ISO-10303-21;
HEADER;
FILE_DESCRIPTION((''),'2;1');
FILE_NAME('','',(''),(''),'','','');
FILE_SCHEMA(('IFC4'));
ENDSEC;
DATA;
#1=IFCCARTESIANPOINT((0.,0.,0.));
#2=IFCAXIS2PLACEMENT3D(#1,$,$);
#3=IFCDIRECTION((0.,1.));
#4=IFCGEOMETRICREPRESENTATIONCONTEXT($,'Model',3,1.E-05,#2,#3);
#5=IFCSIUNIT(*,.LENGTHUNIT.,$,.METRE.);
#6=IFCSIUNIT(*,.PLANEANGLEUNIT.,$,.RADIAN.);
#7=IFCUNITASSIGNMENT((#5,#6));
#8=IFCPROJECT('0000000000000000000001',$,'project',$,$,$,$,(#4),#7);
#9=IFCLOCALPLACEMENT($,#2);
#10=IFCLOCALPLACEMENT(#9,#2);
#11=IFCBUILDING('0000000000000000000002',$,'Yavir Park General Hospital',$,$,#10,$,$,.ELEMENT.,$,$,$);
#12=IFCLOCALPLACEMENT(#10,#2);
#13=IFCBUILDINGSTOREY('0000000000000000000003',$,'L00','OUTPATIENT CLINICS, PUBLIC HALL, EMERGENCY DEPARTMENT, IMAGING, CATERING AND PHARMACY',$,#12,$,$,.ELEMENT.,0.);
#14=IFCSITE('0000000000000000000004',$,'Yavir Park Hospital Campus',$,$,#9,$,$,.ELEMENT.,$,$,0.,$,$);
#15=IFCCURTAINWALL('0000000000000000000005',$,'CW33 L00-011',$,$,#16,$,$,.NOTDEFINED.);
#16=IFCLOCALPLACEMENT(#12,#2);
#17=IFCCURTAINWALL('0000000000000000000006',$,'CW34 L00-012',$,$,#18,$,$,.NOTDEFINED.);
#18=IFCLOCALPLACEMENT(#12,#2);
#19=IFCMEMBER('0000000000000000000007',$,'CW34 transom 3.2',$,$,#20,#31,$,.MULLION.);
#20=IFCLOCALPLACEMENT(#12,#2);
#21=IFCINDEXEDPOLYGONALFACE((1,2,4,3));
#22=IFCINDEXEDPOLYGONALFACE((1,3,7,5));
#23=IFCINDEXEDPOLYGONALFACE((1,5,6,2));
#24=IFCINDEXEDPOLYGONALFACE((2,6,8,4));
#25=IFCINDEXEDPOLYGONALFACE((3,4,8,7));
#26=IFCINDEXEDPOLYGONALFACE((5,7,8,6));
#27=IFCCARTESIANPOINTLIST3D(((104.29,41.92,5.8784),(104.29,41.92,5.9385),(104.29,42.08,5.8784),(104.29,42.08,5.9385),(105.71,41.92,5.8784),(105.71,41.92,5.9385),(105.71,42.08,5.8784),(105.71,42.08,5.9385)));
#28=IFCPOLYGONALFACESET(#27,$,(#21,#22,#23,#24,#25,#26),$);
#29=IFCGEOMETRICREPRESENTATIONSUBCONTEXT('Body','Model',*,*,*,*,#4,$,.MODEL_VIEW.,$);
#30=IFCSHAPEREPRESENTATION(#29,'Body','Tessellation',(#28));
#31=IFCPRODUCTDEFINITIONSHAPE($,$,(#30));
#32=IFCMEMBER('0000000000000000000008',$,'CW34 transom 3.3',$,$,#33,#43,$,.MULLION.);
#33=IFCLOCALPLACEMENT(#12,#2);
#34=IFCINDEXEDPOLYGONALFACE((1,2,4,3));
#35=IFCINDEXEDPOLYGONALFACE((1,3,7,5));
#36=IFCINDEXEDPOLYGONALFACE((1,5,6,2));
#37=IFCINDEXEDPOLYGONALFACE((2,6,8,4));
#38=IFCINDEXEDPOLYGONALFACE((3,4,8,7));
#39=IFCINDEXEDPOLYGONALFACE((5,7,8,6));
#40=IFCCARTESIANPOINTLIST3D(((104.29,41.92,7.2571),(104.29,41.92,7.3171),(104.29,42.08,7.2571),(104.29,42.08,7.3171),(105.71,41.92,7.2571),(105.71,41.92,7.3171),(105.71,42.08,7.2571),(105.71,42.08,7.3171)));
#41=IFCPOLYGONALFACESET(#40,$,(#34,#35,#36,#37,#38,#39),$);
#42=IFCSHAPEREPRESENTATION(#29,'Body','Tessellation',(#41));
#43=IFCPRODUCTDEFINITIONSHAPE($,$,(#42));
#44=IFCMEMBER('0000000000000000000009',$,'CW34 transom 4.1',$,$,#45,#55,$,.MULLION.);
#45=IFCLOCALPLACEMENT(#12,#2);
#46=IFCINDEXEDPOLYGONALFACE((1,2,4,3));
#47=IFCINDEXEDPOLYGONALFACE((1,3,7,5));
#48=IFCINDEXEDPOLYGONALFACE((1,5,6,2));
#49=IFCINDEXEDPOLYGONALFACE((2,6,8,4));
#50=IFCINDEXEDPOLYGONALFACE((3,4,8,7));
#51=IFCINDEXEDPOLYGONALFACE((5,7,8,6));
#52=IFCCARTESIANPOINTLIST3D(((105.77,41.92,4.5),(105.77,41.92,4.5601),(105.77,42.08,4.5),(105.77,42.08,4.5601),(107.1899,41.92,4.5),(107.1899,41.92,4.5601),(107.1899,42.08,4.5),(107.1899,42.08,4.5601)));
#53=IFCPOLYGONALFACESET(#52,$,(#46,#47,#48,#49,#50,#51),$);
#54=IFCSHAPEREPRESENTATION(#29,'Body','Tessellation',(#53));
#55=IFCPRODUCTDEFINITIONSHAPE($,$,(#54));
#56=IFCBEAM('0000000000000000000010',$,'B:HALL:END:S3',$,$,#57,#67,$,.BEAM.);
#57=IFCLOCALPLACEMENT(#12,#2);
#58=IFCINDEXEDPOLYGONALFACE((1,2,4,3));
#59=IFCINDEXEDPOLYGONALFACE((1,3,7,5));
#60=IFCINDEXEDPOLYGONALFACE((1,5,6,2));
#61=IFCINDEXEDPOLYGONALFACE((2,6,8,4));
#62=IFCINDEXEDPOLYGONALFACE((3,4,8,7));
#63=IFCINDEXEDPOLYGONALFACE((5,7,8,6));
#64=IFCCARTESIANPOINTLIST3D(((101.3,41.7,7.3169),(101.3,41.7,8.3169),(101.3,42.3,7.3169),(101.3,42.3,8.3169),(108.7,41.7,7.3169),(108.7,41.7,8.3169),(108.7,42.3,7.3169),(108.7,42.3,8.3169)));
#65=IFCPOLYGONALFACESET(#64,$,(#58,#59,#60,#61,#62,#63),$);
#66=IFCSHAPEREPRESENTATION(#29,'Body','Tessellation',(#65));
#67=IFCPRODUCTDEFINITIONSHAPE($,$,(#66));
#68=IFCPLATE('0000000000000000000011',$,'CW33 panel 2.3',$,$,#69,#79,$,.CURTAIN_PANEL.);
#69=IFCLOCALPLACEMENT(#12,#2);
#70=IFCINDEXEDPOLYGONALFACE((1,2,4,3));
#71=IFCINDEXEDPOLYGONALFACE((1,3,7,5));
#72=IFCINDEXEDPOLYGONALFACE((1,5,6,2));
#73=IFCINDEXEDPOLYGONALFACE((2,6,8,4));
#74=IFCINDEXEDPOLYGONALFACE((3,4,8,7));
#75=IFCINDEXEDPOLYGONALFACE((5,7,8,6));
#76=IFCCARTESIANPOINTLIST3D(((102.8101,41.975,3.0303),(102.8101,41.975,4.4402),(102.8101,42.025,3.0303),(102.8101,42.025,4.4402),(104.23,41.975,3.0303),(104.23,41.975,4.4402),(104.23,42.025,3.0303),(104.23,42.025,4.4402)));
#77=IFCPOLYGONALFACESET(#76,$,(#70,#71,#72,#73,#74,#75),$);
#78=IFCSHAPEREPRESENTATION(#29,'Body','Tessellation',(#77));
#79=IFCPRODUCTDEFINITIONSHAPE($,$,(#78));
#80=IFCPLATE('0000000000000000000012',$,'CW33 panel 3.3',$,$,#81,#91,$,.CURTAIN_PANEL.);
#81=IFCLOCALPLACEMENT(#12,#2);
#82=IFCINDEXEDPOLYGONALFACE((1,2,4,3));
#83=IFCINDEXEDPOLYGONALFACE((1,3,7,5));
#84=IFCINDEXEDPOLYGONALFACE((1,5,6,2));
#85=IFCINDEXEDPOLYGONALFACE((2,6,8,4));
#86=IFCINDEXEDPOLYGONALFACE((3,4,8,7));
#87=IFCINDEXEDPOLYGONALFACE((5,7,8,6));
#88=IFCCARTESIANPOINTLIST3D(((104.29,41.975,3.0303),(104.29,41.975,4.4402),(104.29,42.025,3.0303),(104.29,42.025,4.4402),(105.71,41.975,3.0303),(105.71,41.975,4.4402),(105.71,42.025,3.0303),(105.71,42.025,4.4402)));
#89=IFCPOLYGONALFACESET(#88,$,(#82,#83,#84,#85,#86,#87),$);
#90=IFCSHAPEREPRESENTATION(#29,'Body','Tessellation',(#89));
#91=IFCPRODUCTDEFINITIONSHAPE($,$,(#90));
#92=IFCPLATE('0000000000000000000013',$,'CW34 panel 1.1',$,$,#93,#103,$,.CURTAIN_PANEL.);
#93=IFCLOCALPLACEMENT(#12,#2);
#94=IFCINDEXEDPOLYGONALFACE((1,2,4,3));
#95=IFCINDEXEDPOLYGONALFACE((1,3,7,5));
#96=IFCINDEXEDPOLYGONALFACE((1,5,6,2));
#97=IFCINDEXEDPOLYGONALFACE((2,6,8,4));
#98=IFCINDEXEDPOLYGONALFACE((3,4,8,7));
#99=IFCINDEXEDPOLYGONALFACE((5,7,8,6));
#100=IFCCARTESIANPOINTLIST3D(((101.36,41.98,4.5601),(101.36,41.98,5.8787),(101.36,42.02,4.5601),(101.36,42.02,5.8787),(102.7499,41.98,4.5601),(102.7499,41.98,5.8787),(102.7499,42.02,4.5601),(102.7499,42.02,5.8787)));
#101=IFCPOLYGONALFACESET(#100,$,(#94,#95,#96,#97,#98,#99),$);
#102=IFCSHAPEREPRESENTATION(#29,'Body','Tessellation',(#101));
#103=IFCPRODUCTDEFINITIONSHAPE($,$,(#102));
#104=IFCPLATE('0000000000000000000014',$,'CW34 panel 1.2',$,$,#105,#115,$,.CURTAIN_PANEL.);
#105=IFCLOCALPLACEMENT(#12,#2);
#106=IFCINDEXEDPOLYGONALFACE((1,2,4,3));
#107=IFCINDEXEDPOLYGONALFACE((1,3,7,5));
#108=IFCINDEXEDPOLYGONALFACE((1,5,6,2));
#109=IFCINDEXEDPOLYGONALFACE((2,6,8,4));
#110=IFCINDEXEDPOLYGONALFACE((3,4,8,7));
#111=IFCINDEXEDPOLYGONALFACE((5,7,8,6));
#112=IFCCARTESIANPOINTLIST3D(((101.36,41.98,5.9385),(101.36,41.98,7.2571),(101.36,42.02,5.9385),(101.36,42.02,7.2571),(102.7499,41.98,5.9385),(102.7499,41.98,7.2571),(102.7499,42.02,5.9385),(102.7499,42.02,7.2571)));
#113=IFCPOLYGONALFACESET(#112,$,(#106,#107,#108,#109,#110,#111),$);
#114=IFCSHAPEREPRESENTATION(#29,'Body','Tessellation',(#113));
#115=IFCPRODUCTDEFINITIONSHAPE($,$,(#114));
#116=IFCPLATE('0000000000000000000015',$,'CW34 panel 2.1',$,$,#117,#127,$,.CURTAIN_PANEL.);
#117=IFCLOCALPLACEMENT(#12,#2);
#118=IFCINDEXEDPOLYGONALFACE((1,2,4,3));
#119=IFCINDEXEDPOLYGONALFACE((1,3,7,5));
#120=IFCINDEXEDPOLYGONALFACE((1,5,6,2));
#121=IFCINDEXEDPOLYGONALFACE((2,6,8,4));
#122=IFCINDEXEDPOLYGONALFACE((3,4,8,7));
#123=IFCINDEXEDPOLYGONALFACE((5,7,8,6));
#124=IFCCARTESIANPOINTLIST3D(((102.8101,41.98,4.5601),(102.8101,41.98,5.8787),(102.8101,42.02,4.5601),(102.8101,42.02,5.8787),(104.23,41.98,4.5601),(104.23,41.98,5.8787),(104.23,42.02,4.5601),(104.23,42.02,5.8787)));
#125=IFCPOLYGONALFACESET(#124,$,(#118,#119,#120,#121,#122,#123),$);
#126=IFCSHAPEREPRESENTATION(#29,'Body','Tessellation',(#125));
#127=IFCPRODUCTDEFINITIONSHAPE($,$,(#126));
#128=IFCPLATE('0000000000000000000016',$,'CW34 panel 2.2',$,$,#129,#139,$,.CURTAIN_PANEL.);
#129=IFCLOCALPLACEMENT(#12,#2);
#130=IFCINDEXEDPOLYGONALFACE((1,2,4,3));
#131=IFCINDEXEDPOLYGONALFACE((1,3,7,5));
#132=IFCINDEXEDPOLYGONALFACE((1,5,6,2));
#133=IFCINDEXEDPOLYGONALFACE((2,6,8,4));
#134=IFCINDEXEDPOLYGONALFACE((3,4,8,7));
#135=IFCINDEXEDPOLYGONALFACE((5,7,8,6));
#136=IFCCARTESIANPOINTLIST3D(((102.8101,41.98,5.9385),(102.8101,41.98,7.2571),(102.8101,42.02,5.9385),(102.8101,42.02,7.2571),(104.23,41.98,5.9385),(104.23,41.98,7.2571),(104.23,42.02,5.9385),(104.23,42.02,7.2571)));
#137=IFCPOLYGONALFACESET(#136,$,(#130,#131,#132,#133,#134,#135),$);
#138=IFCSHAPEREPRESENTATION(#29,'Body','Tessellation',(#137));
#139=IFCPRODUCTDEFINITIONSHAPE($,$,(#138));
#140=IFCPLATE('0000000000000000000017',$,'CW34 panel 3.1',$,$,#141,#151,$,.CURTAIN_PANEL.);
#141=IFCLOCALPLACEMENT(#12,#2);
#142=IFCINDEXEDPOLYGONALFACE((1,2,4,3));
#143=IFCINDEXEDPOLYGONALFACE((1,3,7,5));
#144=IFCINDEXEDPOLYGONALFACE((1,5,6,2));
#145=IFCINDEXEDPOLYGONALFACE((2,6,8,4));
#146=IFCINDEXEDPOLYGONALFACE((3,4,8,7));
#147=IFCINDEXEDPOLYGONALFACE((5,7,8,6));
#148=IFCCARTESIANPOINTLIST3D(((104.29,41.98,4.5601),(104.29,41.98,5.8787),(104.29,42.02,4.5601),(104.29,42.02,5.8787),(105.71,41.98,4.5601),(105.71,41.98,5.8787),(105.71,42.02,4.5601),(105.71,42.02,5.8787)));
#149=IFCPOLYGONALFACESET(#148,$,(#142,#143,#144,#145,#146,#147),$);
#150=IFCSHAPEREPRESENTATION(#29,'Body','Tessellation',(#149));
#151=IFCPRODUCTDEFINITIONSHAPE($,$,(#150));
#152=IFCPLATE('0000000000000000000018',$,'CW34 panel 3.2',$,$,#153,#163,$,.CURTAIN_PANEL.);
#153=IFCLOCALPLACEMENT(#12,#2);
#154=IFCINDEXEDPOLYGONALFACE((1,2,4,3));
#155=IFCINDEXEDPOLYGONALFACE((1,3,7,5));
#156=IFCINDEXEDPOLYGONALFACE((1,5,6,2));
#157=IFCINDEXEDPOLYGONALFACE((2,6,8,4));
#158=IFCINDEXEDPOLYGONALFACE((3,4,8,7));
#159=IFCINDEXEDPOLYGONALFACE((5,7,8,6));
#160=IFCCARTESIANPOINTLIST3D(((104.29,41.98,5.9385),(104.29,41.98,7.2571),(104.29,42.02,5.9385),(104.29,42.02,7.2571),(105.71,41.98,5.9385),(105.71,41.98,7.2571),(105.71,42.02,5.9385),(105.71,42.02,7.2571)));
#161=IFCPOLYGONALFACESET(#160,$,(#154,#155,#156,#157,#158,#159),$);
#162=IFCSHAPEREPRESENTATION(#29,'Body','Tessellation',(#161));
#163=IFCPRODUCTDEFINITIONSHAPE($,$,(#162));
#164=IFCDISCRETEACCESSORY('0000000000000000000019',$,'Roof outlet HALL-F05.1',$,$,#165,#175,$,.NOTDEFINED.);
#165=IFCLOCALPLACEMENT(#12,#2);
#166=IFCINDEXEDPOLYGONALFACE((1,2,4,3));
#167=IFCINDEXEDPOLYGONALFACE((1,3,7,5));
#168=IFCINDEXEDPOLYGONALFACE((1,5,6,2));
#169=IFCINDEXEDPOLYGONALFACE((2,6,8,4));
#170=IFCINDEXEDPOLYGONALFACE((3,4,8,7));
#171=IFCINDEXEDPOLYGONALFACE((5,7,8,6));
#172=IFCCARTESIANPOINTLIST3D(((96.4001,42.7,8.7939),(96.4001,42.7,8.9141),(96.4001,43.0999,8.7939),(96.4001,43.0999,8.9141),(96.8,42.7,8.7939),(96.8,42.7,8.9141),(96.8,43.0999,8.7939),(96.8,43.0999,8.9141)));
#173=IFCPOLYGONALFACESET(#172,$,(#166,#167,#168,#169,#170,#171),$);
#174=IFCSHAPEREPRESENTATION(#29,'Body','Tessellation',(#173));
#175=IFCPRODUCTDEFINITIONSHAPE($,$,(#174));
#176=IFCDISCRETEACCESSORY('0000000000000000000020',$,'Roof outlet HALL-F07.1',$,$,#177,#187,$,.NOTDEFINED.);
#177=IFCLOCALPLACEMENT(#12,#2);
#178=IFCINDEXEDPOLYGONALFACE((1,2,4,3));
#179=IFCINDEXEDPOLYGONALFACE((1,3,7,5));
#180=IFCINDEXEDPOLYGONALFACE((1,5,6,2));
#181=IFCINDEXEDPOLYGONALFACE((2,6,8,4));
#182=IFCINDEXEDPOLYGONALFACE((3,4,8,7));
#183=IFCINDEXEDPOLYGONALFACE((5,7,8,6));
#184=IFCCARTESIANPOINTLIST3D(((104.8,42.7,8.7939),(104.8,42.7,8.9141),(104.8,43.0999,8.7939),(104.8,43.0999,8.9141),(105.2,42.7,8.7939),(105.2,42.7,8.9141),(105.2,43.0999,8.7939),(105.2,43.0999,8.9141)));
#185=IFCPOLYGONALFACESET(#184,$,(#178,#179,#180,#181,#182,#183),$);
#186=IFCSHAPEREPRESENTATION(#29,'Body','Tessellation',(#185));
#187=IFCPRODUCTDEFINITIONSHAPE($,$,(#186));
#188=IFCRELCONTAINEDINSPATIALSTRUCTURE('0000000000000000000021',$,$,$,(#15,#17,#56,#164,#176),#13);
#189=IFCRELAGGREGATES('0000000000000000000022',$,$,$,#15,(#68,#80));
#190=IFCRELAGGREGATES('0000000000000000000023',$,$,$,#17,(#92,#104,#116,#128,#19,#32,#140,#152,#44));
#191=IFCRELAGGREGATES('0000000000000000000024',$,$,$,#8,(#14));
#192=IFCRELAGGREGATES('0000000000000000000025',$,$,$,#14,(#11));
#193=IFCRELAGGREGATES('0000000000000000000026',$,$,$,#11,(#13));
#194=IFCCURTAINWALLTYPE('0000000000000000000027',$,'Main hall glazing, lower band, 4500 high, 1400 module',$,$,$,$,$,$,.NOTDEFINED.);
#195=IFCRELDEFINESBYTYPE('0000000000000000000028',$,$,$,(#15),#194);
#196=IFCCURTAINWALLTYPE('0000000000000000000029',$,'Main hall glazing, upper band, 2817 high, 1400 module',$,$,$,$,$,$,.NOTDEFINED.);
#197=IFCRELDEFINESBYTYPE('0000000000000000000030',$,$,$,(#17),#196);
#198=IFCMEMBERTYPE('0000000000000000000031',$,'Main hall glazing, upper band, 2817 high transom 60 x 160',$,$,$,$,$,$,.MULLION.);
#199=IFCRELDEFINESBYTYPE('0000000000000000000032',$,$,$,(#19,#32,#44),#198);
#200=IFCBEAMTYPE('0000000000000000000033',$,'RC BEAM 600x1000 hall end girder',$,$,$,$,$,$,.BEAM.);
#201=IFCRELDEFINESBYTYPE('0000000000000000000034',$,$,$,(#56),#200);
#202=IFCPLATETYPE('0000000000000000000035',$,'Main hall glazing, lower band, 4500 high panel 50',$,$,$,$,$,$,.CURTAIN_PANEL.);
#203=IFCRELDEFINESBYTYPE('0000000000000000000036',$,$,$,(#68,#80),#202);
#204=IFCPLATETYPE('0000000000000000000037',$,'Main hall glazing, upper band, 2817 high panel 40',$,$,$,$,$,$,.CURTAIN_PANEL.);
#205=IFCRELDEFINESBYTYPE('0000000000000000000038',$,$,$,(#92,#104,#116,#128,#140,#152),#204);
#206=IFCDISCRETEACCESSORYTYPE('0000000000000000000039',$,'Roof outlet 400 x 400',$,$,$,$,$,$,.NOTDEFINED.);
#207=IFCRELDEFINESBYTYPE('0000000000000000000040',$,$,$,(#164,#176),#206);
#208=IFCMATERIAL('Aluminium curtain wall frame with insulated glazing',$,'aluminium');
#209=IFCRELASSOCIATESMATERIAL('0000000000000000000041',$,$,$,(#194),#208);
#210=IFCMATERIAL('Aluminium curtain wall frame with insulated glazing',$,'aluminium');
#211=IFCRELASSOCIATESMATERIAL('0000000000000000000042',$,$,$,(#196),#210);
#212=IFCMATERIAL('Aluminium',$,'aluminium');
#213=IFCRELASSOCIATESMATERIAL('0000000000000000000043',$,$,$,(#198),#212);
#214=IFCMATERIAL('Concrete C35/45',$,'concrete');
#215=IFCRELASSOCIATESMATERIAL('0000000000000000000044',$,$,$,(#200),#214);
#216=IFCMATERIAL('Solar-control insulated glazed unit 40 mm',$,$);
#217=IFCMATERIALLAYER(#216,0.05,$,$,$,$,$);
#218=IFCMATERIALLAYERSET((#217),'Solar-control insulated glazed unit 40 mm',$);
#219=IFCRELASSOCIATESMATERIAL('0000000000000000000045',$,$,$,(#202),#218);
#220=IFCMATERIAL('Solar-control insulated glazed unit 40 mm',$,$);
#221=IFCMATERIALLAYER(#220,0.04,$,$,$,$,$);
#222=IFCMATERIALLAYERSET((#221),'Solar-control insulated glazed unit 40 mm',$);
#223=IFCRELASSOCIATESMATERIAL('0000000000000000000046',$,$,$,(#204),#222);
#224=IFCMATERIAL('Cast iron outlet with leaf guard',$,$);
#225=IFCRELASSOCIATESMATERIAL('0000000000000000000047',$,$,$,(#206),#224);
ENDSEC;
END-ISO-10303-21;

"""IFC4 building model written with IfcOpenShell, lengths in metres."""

from ifc_helpers import new_model, si_unit, direction, frame, origin, origin_2d, place, context, subcontext, project, spatial, rectangle, extrude, material, layer, layer_set, material_profile, profile_set, type_object, element, aggregate, save


model = new_model("IFC4")

# Units and contexts
model_context = context("Model", 3, precision=1e-05, world=origin(), true_north=direction((0.0, 1.0)))
body_context = subcontext(model_context, "Body", "Model", "MODEL_VIEW")
ifc_project = project(units=[si_unit("LENGTHUNIT", "METRE"), si_unit("PLANEANGLEUNIT", "RADIAN")], contexts=[model_context])

# Site, building, storey
site_placement = place(None, origin())
site = spatial("IfcSite", under=ifc_project, at=site_placement, Name="Yavir Park Hospital Campus", CompositionType="ELEMENT", RefElevation=0.0)
building_placement = place(site_placement, origin())
building = spatial("IfcBuilding", under=site, at=building_placement, Name="Yavir Park General Hospital", CompositionType="ELEMENT")
storey_placement = place(building_placement, origin())
storey = spatial("IfcBuildingStorey", under=building, at=storey_placement, Name="L00", Description="OUTPATIENT CLINICS, PUBLIC HALL, EMERGENCY DEPARTMENT, IMAGING, CATERING AND PHARMACY", CompositionType="ELEMENT", Elevation=0.0)

# Curtain walls, members
ifc_material_1 = material(Name="Aluminium curtain wall frame with insulated glazing", Category="aluminium")
curtain_wall_type_1 = type_object("IfcCurtainWallType", Name="Main hall glazing, lower band, 4500 high, 1400 module", PredefinedType="NOTDEFINED", material=ifc_material_1)
curtain_wall_1_placement = place(storey_placement, origin())
curtain_wall_1 = element("IfcCurtainWall", 1, at=curtain_wall_1_placement, inside=storey, type_object=curtain_wall_type_1, Name="CW33 L00-011", PredefinedType="NOTDEFINED")
ifc_material_2 = material(Name="Aluminium curtain wall frame with insulated glazing", Category="aluminium")
curtain_wall_type_2 = type_object("IfcCurtainWallType", Name="Main hall glazing, upper band, 2817 high, 1400 module", PredefinedType="NOTDEFINED", material=ifc_material_2)
curtain_wall_2_placement = place(storey_placement, origin())
curtain_wall_2 = element("IfcCurtainWall", 2, at=curtain_wall_2_placement, inside=storey, type_object=curtain_wall_type_2, Name="CW34 L00-012", PredefinedType="NOTDEFINED")
ifc_material_3 = material(Name="Aluminium", Category="aluminium")
ifc_material_profile_1 = material_profile(ifc_material_3, rectangle(XDim=0.1599, YDim=0.0601, at=origin_2d()), Name="AL 160x60")
ifc_profile_set_1 = profile_set([ifc_material_profile_1], Name="Aluminium")
member_type_1 = type_object("IfcMemberType", Name="Main hall glazing, upper band, 2817 high transom 60 x 160", PredefinedType="MULLION", material=ifc_profile_set_1)
member_1_placement = place(storey_placement, frame((104.29, 42.0, 5.9084), z_axis=(1.0, 0.0, 0.0), x_axis=(0.0, 1.0, 0.0)))
member_1 = element("IfcMember", 3, at=member_1_placement, type_object=member_type_1, Name="CW34 transom 3.2", PredefinedType="MULLION", context=body_context, shape_type="SweptSolid", body=[
    extrude(rectangle(XDim=0.1599, YDim=0.0601, at=origin_2d()), origin(), (0.0, 0.0, 1.0), 1.4199),
])
member_2_placement = place(storey_placement, frame((104.29, 42.0, 7.2871), z_axis=(1.0, 0.0, 0.0), x_axis=(0.0, 1.0, 0.0)))
member_2 = element("IfcMember", 4, at=member_2_placement, type_object=member_type_1, Name="CW34 transom 3.3", PredefinedType="MULLION", context=body_context, shape_type="SweptSolid", body=[
    extrude(rectangle(XDim=0.1599, YDim=0.0601, at=origin_2d()), origin(), (0.0, 0.0, 1.0), 1.4199),
])
member_3_placement = place(storey_placement, frame((105.77, 42.0, 4.53), z_axis=(1.0, 0.0, 0.0), x_axis=(0.0, 1.0, 0.0)))
member_3 = element("IfcMember", 5, at=member_3_placement, type_object=member_type_1, Name="CW34 transom 4.1", PredefinedType="MULLION", context=body_context, shape_type="SweptSolid", body=[
    extrude(rectangle(XDim=0.1599, YDim=0.0601, at=origin_2d()), origin(), (0.0, 0.0, 1.0), 1.4199),
])

# Beam
ifc_material_4 = material(Name="Concrete C35/45", Category="concrete")
ifc_material_profile_2 = material_profile(ifc_material_4, rectangle(XDim=0.6001, YDim=1.0, at=origin_2d()), Name="RC600x1000")
ifc_profile_set_2 = profile_set([ifc_material_profile_2], Name="Concrete C35/45")
beam_type = type_object("IfcBeamType", Name="RC BEAM 600x1000 hall end girder", PredefinedType="BEAM", material=ifc_profile_set_2)
beam_placement = place(storey_placement, frame((101.3, 42.0, 7.8169), z_axis=(1.0, 0.0, 0.0), x_axis=(0.0, 1.0, 0.0)))
element("IfcBeam", 6, at=beam_placement, inside=storey, type_object=beam_type, Name="B:HALL:END:S3", PredefinedType="BEAM", context=body_context, shape_type="SweptSolid", body=[
    extrude(rectangle(XDim=0.6001, YDim=1.0, at=origin_2d()), origin(), (0.0, 0.0, 1.0), 7.3999),
])

# Plates
ifc_material_5 = material(Name="Solar-control insulated glazed unit 40 mm")
ifc_layer_1 = layer(ifc_material_5, 0.05)
ifc_layer_set_1 = layer_set([ifc_layer_1], Name="Solar-control insulated glazed unit 40 mm")
plate_type_1 = type_object("IfcPlateType", Name="Main hall glazing, lower band, 4500 high panel 50", PredefinedType="CURTAIN_PANEL", material=ifc_layer_set_1)
plate_1_placement = place(storey_placement, frame((103.52, 42.0, 3.0303), z_axis=(0.0, 0.0, 1.0), x_axis=(1.0, 0.0, 0.0)))
plate_1 = element("IfcPlate", 7, at=plate_1_placement, type_object=plate_type_1, Name="CW33 panel 2.3", PredefinedType="CURTAIN_PANEL", context=body_context, shape_type="SweptSolid", body=[
    extrude(rectangle(XDim=1.4199, YDim=0.05, at=origin_2d()), origin(), (0.0, 0.0, 1.0), 1.4099),
])
plate_2_placement = place(storey_placement, frame((105.0, 42.0, 3.0303), z_axis=(0.0, 0.0, 1.0), x_axis=(1.0, 0.0, 0.0)))
plate_2 = element("IfcPlate", 8, at=plate_2_placement, type_object=plate_type_1, Name="CW33 panel 3.3", PredefinedType="CURTAIN_PANEL", context=body_context, shape_type="SweptSolid", body=[
    extrude(rectangle(XDim=1.4199, YDim=0.05, at=origin_2d()), origin(), (0.0, 0.0, 1.0), 1.4099),
])
aggregate(curtain_wall_1, [plate_1, plate_2])
ifc_material_6 = material(Name="Solar-control insulated glazed unit 40 mm")
ifc_layer_2 = layer(ifc_material_6, 0.04)
ifc_layer_set_2 = layer_set([ifc_layer_2], Name="Solar-control insulated glazed unit 40 mm")
plate_type_2 = type_object("IfcPlateType", Name="Main hall glazing, upper band, 2817 high panel 40", PredefinedType="CURTAIN_PANEL", material=ifc_layer_set_2)
plate_3_placement = place(storey_placement, frame((102.0549, 42.0, 4.5601), z_axis=(0.0, 0.0, 1.0), x_axis=(1.0, 0.0, 0.0)))
plate_3 = element("IfcPlate", 9, at=plate_3_placement, type_object=plate_type_2, Name="CW34 panel 1.1", PredefinedType="CURTAIN_PANEL", context=body_context, shape_type="SweptSolid", body=[
    extrude(rectangle(XDim=1.3899, YDim=0.04, at=origin_2d()), origin(), (0.0, 0.0, 1.0), 1.3186),
])
plate_4_placement = place(storey_placement, frame((102.0549, 42.0, 5.9385), z_axis=(0.0, 0.0, 1.0), x_axis=(1.0, 0.0, 0.0)))
plate_4 = element("IfcPlate", 10, at=plate_4_placement, type_object=plate_type_2, Name="CW34 panel 1.2", PredefinedType="CURTAIN_PANEL", context=body_context, shape_type="SweptSolid", body=[
    extrude(rectangle(XDim=1.3899, YDim=0.04, at=origin_2d()), origin(), (0.0, 0.0, 1.0), 1.3186),
])
plate_5_placement = place(storey_placement, frame((103.52, 42.0, 4.5601), z_axis=(0.0, 0.0, 1.0), x_axis=(1.0, 0.0, 0.0)))
plate_5 = element("IfcPlate", 11, at=plate_5_placement, type_object=plate_type_2, Name="CW34 panel 2.1", PredefinedType="CURTAIN_PANEL", context=body_context, shape_type="SweptSolid", body=[
    extrude(rectangle(XDim=1.4199, YDim=0.04, at=origin_2d()), origin(), (0.0, 0.0, 1.0), 1.3186),
])
plate_6_placement = place(storey_placement, frame((103.52, 42.0, 5.9385), z_axis=(0.0, 0.0, 1.0), x_axis=(1.0, 0.0, 0.0)))
plate_6 = element("IfcPlate", 12, at=plate_6_placement, type_object=plate_type_2, Name="CW34 panel 2.2", PredefinedType="CURTAIN_PANEL", context=body_context, shape_type="SweptSolid", body=[
    extrude(rectangle(XDim=1.4199, YDim=0.04, at=origin_2d()), origin(), (0.0, 0.0, 1.0), 1.3186),
])
plate_7_placement = place(storey_placement, frame((105.0, 42.0, 4.5601), z_axis=(0.0, 0.0, 1.0), x_axis=(1.0, 0.0, 0.0)))
plate_7 = element("IfcPlate", 13, at=plate_7_placement, type_object=plate_type_2, Name="CW34 panel 3.1", PredefinedType="CURTAIN_PANEL", context=body_context, shape_type="SweptSolid", body=[
    extrude(rectangle(XDim=1.4199, YDim=0.04, at=origin_2d()), origin(), (0.0, 0.0, 1.0), 1.3186),
])
plate_8_placement = place(storey_placement, frame((105.0, 42.0, 5.9385), z_axis=(0.0, 0.0, 1.0), x_axis=(1.0, 0.0, 0.0)))
plate_8 = element("IfcPlate", 14, at=plate_8_placement, type_object=plate_type_2, Name="CW34 panel 3.2", PredefinedType="CURTAIN_PANEL", context=body_context, shape_type="SweptSolid", body=[
    extrude(rectangle(XDim=1.4199, YDim=0.04, at=origin_2d()), origin(), (0.0, 0.0, 1.0), 1.3186),
])
aggregate(curtain_wall_2, [plate_3, plate_4, plate_5, plate_6, member_1, member_2, plate_7, plate_8, member_3])

# Discrete accessories
ifc_material_7 = material(Name="Cast iron outlet with leaf guard")
discrete_accessory_type_1 = type_object("IfcDiscreteAccessoryType", Name="Roof outlet 400 x 400", PredefinedType="NOTDEFINED", material=ifc_material_7)
for number, where, z_axis, x_axis, name in (
    (15, (96.6001, 42.8999, 8.7939), (0.0, 0.0, 1.0), (1.0, 0.0, 0.0), "Roof outlet HALL-F05.1"),
    (16, (105.0, 42.8999, 8.7939), (0.0, 0.0, 1.0), (1.0, 0.0, 0.0), "Roof outlet HALL-F07.1"),
):
    element("IfcDiscreteAccessory", number, at=place(storey_placement, frame(where, z_axis=z_axis, x_axis=x_axis)), inside=storey, type_object=discrete_accessory_type_1, Name=name, PredefinedType="NOTDEFINED", context=body_context, shape_type="SweptSolid", body=[
        extrude(rectangle(XDim=0.3999, YDim=0.3999, at=origin_2d()), origin(), (0.0, 0.0, 1.0), 0.1201),
    ])

save(model, "model.ifc")
